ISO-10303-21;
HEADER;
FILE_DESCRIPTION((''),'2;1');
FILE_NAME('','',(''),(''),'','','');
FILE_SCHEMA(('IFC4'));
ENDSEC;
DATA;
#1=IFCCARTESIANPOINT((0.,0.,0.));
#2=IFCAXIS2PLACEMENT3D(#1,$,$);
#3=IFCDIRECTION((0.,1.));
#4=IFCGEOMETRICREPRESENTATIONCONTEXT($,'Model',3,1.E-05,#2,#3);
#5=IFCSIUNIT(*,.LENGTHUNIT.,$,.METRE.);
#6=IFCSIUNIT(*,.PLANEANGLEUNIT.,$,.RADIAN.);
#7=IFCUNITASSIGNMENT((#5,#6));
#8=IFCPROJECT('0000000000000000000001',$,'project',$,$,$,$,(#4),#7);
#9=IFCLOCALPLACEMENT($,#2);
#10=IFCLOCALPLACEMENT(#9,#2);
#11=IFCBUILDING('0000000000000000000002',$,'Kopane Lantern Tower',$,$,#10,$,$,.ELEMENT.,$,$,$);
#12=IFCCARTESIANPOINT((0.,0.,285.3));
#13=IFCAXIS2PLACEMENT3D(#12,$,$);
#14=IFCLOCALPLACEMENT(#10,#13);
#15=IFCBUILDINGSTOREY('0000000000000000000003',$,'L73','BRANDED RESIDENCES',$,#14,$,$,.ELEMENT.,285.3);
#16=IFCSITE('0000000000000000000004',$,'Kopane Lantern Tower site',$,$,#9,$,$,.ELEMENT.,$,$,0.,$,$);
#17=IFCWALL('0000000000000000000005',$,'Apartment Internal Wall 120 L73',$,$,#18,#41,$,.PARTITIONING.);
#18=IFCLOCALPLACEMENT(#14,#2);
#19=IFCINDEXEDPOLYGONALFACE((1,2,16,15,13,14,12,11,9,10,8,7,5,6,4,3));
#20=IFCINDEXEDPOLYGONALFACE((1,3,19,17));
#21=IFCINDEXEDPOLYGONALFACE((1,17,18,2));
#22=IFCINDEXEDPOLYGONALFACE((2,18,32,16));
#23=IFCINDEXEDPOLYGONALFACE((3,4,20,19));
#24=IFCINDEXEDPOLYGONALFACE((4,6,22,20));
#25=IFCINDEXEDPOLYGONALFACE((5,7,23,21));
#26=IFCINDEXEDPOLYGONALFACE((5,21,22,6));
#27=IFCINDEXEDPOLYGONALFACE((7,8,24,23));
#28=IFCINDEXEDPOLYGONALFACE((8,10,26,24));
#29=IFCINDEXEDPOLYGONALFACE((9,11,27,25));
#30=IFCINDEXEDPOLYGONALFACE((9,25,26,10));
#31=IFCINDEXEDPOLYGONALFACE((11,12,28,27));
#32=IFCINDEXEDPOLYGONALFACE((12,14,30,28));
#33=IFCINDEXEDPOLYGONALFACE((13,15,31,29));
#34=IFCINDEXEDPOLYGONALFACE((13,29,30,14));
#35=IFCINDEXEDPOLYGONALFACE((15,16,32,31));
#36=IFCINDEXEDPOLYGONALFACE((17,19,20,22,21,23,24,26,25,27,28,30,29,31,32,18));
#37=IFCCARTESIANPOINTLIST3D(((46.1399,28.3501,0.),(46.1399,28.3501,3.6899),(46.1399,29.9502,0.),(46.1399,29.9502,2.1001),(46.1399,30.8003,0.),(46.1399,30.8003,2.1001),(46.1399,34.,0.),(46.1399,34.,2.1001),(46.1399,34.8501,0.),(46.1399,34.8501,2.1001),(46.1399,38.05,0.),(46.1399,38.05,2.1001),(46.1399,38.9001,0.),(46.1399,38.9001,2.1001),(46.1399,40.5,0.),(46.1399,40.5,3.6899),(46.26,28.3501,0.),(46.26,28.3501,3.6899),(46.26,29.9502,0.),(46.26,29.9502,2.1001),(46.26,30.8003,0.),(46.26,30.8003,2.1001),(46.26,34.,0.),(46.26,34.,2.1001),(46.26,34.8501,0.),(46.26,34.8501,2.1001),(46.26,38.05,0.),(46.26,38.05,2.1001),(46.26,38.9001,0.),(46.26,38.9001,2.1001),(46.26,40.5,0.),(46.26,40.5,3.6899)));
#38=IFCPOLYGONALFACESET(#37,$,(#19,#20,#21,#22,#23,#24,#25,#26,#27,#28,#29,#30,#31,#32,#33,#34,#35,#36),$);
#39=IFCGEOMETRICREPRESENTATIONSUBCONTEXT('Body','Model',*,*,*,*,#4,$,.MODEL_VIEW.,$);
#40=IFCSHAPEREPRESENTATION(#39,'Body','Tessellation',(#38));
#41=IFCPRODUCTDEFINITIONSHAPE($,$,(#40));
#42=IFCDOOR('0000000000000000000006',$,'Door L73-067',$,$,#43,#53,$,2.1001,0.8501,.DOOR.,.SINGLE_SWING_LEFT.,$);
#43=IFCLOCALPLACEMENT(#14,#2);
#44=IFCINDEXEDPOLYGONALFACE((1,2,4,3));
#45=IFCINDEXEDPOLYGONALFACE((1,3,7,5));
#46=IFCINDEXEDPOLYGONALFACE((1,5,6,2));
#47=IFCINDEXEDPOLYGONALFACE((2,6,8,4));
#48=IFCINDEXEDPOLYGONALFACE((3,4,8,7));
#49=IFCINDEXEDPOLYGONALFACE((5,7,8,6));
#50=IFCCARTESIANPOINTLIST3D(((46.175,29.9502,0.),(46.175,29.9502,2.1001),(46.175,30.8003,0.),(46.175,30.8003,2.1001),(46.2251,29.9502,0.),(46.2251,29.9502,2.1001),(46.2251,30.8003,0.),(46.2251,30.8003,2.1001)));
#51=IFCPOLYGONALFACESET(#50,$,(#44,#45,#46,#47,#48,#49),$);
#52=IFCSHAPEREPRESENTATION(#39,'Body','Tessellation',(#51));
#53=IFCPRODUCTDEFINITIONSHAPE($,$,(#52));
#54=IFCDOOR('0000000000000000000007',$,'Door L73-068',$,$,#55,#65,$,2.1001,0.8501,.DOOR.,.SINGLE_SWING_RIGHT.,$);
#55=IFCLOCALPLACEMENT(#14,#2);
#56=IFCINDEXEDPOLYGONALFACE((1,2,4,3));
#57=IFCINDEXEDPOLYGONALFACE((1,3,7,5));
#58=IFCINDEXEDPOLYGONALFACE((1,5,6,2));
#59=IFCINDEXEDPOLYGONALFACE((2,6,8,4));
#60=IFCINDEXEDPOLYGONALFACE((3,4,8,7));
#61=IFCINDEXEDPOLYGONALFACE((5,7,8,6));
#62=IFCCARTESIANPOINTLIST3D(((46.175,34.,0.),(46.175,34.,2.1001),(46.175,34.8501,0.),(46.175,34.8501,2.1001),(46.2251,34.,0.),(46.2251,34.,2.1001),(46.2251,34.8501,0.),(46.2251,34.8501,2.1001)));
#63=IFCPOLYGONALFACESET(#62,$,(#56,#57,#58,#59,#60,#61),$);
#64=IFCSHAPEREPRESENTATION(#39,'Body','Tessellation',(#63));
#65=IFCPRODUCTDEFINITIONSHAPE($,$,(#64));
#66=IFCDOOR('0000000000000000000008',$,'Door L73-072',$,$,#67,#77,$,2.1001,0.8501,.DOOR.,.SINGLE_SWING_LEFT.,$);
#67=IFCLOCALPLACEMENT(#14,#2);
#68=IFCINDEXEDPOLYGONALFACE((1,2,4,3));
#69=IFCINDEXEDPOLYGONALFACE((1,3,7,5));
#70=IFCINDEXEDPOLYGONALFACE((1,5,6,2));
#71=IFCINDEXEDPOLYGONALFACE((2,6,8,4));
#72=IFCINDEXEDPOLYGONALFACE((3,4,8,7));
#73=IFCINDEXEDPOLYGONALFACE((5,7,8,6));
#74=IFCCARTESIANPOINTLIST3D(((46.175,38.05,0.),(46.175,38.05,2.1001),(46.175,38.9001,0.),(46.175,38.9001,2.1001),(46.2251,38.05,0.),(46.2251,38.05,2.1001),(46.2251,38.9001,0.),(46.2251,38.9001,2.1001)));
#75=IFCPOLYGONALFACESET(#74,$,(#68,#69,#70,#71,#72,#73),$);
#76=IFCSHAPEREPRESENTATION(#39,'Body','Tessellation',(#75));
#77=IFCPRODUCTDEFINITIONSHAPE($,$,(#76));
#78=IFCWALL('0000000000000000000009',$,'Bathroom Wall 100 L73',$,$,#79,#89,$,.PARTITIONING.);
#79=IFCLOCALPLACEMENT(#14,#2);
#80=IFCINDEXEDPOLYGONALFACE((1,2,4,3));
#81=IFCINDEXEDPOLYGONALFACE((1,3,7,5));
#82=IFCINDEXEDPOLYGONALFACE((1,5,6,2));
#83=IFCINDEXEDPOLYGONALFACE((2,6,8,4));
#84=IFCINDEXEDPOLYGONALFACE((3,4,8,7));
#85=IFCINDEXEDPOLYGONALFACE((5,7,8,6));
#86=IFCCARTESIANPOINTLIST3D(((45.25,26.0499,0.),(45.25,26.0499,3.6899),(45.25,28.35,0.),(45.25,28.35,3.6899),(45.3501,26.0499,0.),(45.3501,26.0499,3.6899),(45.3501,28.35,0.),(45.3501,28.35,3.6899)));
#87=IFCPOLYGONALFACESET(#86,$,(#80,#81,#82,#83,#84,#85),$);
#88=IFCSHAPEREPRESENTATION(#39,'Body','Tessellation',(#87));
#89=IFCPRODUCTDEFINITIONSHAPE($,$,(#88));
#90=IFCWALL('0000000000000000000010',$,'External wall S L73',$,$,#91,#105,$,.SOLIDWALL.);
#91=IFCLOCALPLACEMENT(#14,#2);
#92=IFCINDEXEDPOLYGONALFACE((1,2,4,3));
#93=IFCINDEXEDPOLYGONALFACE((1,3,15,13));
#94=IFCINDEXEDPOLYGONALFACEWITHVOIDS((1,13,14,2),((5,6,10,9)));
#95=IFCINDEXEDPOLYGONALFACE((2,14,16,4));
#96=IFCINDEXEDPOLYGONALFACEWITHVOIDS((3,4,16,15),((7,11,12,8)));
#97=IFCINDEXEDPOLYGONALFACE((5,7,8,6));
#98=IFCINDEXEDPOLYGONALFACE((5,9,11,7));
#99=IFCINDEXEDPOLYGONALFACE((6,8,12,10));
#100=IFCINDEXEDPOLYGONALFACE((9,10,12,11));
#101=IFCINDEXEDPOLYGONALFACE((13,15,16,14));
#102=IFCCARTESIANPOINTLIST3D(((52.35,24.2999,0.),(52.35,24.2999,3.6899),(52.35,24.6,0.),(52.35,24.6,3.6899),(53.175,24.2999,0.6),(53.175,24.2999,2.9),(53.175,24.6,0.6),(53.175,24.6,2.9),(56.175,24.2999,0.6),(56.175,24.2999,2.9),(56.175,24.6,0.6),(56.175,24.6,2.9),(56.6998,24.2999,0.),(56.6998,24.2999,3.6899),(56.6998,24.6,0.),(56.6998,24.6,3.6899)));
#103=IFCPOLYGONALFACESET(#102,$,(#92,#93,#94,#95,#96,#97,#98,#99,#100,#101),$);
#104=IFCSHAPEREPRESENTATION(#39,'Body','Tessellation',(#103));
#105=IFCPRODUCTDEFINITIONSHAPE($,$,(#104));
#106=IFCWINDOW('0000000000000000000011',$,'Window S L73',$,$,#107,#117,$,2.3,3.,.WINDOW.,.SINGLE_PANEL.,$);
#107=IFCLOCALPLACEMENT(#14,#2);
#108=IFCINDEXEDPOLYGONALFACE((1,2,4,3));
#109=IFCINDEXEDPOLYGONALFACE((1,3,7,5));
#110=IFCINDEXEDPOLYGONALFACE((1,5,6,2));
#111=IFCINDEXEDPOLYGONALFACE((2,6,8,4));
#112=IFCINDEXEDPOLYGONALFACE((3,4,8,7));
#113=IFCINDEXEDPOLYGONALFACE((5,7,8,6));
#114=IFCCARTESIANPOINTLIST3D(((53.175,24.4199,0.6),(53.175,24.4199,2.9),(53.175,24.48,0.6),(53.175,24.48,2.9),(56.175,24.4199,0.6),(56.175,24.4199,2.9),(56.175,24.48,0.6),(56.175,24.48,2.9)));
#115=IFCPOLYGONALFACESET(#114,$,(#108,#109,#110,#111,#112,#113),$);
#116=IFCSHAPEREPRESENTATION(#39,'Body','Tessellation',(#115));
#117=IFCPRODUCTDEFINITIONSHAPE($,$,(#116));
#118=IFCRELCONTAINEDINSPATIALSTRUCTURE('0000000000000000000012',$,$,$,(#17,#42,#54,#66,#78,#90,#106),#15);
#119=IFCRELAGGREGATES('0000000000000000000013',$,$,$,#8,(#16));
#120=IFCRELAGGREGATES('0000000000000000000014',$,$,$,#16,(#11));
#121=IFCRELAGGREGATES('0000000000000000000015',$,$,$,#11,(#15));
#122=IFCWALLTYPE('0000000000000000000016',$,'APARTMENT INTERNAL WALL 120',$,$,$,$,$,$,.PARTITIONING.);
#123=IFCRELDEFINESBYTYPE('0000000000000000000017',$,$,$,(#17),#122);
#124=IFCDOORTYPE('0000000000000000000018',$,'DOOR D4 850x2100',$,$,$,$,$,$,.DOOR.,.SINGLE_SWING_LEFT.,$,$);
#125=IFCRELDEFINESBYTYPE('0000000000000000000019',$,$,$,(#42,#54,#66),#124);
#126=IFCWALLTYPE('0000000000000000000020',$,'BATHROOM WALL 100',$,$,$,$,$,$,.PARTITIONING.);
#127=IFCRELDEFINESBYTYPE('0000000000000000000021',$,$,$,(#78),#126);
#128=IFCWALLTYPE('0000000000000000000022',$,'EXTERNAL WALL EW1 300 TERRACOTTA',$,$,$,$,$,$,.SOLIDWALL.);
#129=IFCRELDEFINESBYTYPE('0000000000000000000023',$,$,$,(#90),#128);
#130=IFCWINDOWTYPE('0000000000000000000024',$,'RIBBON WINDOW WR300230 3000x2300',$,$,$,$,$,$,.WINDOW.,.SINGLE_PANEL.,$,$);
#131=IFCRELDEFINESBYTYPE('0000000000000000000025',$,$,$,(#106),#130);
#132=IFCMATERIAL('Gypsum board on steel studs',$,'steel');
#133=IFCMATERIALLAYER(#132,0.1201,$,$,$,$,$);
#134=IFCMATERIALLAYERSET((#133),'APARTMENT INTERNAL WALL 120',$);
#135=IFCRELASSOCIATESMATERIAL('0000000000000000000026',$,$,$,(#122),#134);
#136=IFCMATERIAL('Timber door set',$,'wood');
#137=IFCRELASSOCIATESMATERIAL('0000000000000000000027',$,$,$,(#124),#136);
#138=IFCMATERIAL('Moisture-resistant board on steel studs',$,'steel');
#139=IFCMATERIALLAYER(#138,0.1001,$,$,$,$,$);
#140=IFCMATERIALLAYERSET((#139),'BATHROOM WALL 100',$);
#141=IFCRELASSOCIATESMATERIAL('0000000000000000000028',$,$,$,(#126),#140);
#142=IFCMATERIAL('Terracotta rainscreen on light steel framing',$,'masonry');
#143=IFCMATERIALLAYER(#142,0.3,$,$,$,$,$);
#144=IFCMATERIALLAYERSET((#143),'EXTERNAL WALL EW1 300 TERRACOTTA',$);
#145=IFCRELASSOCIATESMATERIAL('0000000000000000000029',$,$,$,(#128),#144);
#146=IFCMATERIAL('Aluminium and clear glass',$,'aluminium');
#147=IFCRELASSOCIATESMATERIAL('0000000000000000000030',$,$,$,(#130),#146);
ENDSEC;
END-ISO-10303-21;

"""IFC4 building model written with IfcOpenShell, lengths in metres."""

from ifc_helpers import new_model, si_unit, direction, frame, frame_2d, origin, place, context, subcontext, project, spatial, rectangle, extrude, material, layer, layer_set, type_object, element, fill, save


model = new_model("IFC4")

# Units and contexts
model_context = context("Model", 3, precision=1e-05, world=origin(), true_north=direction((0.0, 1.0)))
body_context = subcontext(model_context, "Body", "Model", "MODEL_VIEW")
ifc_project = project(units=[si_unit("LENGTHUNIT", "METRE"), si_unit("PLANEANGLEUNIT", "RADIAN")], contexts=[model_context])

# Site, building, storey
site_placement = place(None, origin())
site = spatial("IfcSite", under=ifc_project, at=site_placement, Name="Kopane Lantern Tower site", CompositionType="ELEMENT", RefElevation=0.0)
building_placement = place(site_placement, origin())
building = spatial("IfcBuilding", under=site, at=building_placement, Name="Kopane Lantern Tower", CompositionType="ELEMENT")
storey_placement = place(building_placement, frame((0.0, 0.0, 285.3)))
storey = spatial("IfcBuildingStorey", under=building, at=storey_placement, Name="L73", Description="BRANDED RESIDENCES", CompositionType="ELEMENT", Elevation=285.3)

# Wall, openings, doors
ifc_material_1 = material(Name="Gypsum board on steel studs", Category="steel")
ifc_layer_1 = layer(ifc_material_1, 0.1201)
ifc_layer_set_1 = layer_set([ifc_layer_1], Name="APARTMENT INTERNAL WALL 120")
wall_type_1 = type_object("IfcWallType", Name="APARTMENT INTERNAL WALL 120", PredefinedType="PARTITIONING", material=ifc_layer_set_1)
wall_1_placement = place(storey_placement, frame((46.2, 28.3501, 0.0), z_axis=(0.0, 0.0, 1.0), x_axis=(0.0, 1.0, 0.0)))
wall_1 = element("IfcWall", 1, at=wall_1_placement, inside=storey, type_object=wall_type_1, Name="Apartment Internal Wall 120 L73", PredefinedType="PARTITIONING", context=body_context, shape_type="SweptSolid", body=[
    extrude(rectangle(XDim=12.1499, YDim=0.1201, at=frame_2d((6.075, 0.0))), origin(), (0.0, 0.0, 1.0), 3.6899),
])
opening_1_placement = place(wall_1_placement, frame((1.6001, 0.0, 0.0)))
opening_1 = element("IfcOpeningElement", 2, at=opening_1_placement, cuts=wall_1, PredefinedType="OPENING", context=body_context, shape_type="SweptSolid", body=[
    extrude(rectangle(XDim=0.8501, YDim=2.1001, at=frame_2d((0.425, 1.05))), frame((0.0, 0.0701, 0.0), z_axis=(0.0, -1.0, 0.0), x_axis=(1.0, 0.0, 0.0)), (0.0, 0.0, 1.0), 0.1401),
])
opening_2_placement = place(wall_1_placement, frame((5.6499, 0.0, 0.0)))
opening_2 = element("IfcOpeningElement", 3, at=opening_2_placement, cuts=wall_1, PredefinedType="OPENING", context=body_context, shape_type="SweptSolid", body=[
    extrude(rectangle(XDim=0.8501, YDim=2.1001, at=frame_2d((0.425, 1.05))), frame((0.0, 0.0701, 0.0), z_axis=(0.0, -1.0, 0.0), x_axis=(1.0, 0.0, 0.0)), (0.0, 0.0, 1.0), 0.1401),
])
opening_3_placement = place(wall_1_placement, frame((9.7, 0.0, 0.0)))
opening_3 = element("IfcOpeningElement", 4, at=opening_3_placement, cuts=wall_1, PredefinedType="OPENING", context=body_context, shape_type="SweptSolid", body=[
    extrude(rectangle(XDim=0.8501, YDim=2.1001, at=frame_2d((0.425, 1.05))), frame((0.0, 0.0701, 0.0), z_axis=(0.0, -1.0, 0.0), x_axis=(1.0, 0.0, 0.0)), (0.0, 0.0, 1.0), 0.1401),
])
ifc_material_2 = material(Name="Timber door set", Category="wood")
door_type = type_object("IfcDoorType", Name="DOOR D4 850x2100", OperationType="SINGLE_SWING_LEFT", PredefinedType="DOOR", material=ifc_material_2)
door_1_placement = place(opening_1_placement, origin())
door_1 = element("IfcDoor", 5, at=door_1_placement, inside=storey, type_object=door_type, Name="Door L73-067", OperationType="SINGLE_SWING_LEFT", OverallHeight=2.1001, OverallWidth=0.8501, PredefinedType="DOOR", context=body_context, shape_type="SweptSolid", body=[
    extrude(rectangle(XDim=0.8501, YDim=2.1001, at=frame_2d((0.425, 1.05))), frame((0.0, 0.0249, 0.0), z_axis=(0.0, -1.0, 0.0), x_axis=(1.0, 0.0, 0.0)), (0.0, 0.0, 1.0), 0.05),
])
fill(opening_1, door_1)
door_2_placement = place(opening_2_placement, origin())
door_2 = element("IfcDoor", 6, at=door_2_placement, inside=storey, type_object=door_type, Name="Door L73-068", OperationType="SINGLE_SWING_RIGHT", OverallHeight=2.1001, OverallWidth=0.8501, PredefinedType="DOOR", context=body_context, shape_type="SweptSolid", body=[
    extrude(rectangle(XDim=0.8501, YDim=2.1001, at=frame_2d((0.425, 1.05))), frame((0.0, 0.0249, 0.0), z_axis=(0.0, -1.0, 0.0), x_axis=(1.0, 0.0, 0.0)), (0.0, 0.0, 1.0), 0.05),
])
fill(opening_2, door_2)
door_3_placement = place(opening_3_placement, origin())
door_3 = element("IfcDoor", 7, at=door_3_placement, inside=storey, type_object=door_type, Name="Door L73-072", OperationType="SINGLE_SWING_LEFT", OverallHeight=2.1001, OverallWidth=0.8501, PredefinedType="DOOR", context=body_context, shape_type="SweptSolid", body=[
    extrude(rectangle(XDim=0.8501, YDim=2.1001, at=frame_2d((0.425, 1.05))), frame((0.0, 0.0249, 0.0), z_axis=(0.0, -1.0, 0.0), x_axis=(1.0, 0.0, 0.0)), (0.0, 0.0, 1.0), 0.05),
])
fill(opening_3, door_3)

# Wall
ifc_material_3 = material(Name="Moisture-resistant board on steel studs", Category="steel")
ifc_layer_2 = layer(ifc_material_3, 0.1001)
ifc_layer_set_2 = layer_set([ifc_layer_2], Name="BATHROOM WALL 100")
wall_type_2 = type_object("IfcWallType", Name="BATHROOM WALL 100", PredefinedType="PARTITIONING", material=ifc_layer_set_2)
wall_2_placement = place(storey_placement, frame((45.3, 26.05, 0.0), z_axis=(0.0, 0.0, 1.0), x_axis=(0.0, 1.0, 0.0)))
element("IfcWall", 8, at=wall_2_placement, inside=storey, type_object=wall_type_2, Name="Bathroom Wall 100 L73", PredefinedType="PARTITIONING", context=body_context, shape_type="SweptSolid", body=[
    extrude(rectangle(XDim=2.3, YDim=0.1001, at=frame_2d((1.1499, 0.0))), origin(), (0.0, 0.0, 1.0), 3.6899),
])

# Wall, opening, window
ifc_material_4 = material(Name="Terracotta rainscreen on light steel framing", Category="masonry")
ifc_layer_3 = layer(ifc_material_4, 0.3)
ifc_layer_set_3 = layer_set([ifc_layer_3], Name="EXTERNAL WALL EW1 300 TERRACOTTA")
wall_type_3 = type_object("IfcWallType", Name="EXTERNAL WALL EW1 300 TERRACOTTA", PredefinedType="SOLIDWALL", material=ifc_layer_set_3)
wall_3_placement = place(storey_placement, frame((52.3501, 24.45, 0.0), z_axis=(0.0, 0.0, 1.0), x_axis=(1.0, 0.0, 0.0)))
wall_3 = element("IfcWall", 9, at=wall_3_placement, inside=storey, type_object=wall_type_3, Name="External wall S L73", PredefinedType="SOLIDWALL", context=body_context, shape_type="SweptSolid", body=[
    extrude(rectangle(XDim=4.3499, YDim=0.3, at=frame_2d((2.1748, 0.0))), origin(), (0.0, 0.0, 1.0), 3.6899),
])
opening_4_placement = place(wall_3_placement, frame((0.825, 0.0, 0.6001)))
opening_4 = element("IfcOpeningElement", 10, at=opening_4_placement, cuts=wall_3, PredefinedType="OPENING", context=body_context, shape_type="SweptSolid", body=[
    extrude(rectangle(XDim=3.0, YDim=2.3, at=frame_2d((1.5, 1.1499))), frame((0.0, 0.1599, 0.0), z_axis=(0.0, -1.0, 0.0), x_axis=(1.0, 0.0, 0.0)), (0.0, 0.0, 1.0), 0.3201),
])
ifc_material_5 = material(Name="Aluminium and clear glass", Category="aluminium")
window_type_1 = type_object("IfcWindowType", Name="RIBBON WINDOW WR300230 3000x2300", PartitioningType="SINGLE_PANEL", PredefinedType="WINDOW", material=ifc_material_5)
window_1_placement = place(opening_4_placement, origin())
window_1 = element("IfcWindow", 11, at=window_1_placement, inside=storey, type_object=window_type_1, Name="Window S L73", OverallHeight=2.3, OverallWidth=3.0, PartitioningType="SINGLE_PANEL", PredefinedType="WINDOW", context=body_context, shape_type="SweptSolid", body=[
    extrude(rectangle(XDim=3.0, YDim=2.3, at=frame_2d((1.5, 1.1499))), frame((0.0, 0.03, 0.0), z_axis=(0.0, -1.0, 0.0), x_axis=(1.0, 0.0, 0.0)), (0.0, 0.0, 1.0), 0.0601),
])
fill(opening_4, window_1)

save(model, "model.ifc")
